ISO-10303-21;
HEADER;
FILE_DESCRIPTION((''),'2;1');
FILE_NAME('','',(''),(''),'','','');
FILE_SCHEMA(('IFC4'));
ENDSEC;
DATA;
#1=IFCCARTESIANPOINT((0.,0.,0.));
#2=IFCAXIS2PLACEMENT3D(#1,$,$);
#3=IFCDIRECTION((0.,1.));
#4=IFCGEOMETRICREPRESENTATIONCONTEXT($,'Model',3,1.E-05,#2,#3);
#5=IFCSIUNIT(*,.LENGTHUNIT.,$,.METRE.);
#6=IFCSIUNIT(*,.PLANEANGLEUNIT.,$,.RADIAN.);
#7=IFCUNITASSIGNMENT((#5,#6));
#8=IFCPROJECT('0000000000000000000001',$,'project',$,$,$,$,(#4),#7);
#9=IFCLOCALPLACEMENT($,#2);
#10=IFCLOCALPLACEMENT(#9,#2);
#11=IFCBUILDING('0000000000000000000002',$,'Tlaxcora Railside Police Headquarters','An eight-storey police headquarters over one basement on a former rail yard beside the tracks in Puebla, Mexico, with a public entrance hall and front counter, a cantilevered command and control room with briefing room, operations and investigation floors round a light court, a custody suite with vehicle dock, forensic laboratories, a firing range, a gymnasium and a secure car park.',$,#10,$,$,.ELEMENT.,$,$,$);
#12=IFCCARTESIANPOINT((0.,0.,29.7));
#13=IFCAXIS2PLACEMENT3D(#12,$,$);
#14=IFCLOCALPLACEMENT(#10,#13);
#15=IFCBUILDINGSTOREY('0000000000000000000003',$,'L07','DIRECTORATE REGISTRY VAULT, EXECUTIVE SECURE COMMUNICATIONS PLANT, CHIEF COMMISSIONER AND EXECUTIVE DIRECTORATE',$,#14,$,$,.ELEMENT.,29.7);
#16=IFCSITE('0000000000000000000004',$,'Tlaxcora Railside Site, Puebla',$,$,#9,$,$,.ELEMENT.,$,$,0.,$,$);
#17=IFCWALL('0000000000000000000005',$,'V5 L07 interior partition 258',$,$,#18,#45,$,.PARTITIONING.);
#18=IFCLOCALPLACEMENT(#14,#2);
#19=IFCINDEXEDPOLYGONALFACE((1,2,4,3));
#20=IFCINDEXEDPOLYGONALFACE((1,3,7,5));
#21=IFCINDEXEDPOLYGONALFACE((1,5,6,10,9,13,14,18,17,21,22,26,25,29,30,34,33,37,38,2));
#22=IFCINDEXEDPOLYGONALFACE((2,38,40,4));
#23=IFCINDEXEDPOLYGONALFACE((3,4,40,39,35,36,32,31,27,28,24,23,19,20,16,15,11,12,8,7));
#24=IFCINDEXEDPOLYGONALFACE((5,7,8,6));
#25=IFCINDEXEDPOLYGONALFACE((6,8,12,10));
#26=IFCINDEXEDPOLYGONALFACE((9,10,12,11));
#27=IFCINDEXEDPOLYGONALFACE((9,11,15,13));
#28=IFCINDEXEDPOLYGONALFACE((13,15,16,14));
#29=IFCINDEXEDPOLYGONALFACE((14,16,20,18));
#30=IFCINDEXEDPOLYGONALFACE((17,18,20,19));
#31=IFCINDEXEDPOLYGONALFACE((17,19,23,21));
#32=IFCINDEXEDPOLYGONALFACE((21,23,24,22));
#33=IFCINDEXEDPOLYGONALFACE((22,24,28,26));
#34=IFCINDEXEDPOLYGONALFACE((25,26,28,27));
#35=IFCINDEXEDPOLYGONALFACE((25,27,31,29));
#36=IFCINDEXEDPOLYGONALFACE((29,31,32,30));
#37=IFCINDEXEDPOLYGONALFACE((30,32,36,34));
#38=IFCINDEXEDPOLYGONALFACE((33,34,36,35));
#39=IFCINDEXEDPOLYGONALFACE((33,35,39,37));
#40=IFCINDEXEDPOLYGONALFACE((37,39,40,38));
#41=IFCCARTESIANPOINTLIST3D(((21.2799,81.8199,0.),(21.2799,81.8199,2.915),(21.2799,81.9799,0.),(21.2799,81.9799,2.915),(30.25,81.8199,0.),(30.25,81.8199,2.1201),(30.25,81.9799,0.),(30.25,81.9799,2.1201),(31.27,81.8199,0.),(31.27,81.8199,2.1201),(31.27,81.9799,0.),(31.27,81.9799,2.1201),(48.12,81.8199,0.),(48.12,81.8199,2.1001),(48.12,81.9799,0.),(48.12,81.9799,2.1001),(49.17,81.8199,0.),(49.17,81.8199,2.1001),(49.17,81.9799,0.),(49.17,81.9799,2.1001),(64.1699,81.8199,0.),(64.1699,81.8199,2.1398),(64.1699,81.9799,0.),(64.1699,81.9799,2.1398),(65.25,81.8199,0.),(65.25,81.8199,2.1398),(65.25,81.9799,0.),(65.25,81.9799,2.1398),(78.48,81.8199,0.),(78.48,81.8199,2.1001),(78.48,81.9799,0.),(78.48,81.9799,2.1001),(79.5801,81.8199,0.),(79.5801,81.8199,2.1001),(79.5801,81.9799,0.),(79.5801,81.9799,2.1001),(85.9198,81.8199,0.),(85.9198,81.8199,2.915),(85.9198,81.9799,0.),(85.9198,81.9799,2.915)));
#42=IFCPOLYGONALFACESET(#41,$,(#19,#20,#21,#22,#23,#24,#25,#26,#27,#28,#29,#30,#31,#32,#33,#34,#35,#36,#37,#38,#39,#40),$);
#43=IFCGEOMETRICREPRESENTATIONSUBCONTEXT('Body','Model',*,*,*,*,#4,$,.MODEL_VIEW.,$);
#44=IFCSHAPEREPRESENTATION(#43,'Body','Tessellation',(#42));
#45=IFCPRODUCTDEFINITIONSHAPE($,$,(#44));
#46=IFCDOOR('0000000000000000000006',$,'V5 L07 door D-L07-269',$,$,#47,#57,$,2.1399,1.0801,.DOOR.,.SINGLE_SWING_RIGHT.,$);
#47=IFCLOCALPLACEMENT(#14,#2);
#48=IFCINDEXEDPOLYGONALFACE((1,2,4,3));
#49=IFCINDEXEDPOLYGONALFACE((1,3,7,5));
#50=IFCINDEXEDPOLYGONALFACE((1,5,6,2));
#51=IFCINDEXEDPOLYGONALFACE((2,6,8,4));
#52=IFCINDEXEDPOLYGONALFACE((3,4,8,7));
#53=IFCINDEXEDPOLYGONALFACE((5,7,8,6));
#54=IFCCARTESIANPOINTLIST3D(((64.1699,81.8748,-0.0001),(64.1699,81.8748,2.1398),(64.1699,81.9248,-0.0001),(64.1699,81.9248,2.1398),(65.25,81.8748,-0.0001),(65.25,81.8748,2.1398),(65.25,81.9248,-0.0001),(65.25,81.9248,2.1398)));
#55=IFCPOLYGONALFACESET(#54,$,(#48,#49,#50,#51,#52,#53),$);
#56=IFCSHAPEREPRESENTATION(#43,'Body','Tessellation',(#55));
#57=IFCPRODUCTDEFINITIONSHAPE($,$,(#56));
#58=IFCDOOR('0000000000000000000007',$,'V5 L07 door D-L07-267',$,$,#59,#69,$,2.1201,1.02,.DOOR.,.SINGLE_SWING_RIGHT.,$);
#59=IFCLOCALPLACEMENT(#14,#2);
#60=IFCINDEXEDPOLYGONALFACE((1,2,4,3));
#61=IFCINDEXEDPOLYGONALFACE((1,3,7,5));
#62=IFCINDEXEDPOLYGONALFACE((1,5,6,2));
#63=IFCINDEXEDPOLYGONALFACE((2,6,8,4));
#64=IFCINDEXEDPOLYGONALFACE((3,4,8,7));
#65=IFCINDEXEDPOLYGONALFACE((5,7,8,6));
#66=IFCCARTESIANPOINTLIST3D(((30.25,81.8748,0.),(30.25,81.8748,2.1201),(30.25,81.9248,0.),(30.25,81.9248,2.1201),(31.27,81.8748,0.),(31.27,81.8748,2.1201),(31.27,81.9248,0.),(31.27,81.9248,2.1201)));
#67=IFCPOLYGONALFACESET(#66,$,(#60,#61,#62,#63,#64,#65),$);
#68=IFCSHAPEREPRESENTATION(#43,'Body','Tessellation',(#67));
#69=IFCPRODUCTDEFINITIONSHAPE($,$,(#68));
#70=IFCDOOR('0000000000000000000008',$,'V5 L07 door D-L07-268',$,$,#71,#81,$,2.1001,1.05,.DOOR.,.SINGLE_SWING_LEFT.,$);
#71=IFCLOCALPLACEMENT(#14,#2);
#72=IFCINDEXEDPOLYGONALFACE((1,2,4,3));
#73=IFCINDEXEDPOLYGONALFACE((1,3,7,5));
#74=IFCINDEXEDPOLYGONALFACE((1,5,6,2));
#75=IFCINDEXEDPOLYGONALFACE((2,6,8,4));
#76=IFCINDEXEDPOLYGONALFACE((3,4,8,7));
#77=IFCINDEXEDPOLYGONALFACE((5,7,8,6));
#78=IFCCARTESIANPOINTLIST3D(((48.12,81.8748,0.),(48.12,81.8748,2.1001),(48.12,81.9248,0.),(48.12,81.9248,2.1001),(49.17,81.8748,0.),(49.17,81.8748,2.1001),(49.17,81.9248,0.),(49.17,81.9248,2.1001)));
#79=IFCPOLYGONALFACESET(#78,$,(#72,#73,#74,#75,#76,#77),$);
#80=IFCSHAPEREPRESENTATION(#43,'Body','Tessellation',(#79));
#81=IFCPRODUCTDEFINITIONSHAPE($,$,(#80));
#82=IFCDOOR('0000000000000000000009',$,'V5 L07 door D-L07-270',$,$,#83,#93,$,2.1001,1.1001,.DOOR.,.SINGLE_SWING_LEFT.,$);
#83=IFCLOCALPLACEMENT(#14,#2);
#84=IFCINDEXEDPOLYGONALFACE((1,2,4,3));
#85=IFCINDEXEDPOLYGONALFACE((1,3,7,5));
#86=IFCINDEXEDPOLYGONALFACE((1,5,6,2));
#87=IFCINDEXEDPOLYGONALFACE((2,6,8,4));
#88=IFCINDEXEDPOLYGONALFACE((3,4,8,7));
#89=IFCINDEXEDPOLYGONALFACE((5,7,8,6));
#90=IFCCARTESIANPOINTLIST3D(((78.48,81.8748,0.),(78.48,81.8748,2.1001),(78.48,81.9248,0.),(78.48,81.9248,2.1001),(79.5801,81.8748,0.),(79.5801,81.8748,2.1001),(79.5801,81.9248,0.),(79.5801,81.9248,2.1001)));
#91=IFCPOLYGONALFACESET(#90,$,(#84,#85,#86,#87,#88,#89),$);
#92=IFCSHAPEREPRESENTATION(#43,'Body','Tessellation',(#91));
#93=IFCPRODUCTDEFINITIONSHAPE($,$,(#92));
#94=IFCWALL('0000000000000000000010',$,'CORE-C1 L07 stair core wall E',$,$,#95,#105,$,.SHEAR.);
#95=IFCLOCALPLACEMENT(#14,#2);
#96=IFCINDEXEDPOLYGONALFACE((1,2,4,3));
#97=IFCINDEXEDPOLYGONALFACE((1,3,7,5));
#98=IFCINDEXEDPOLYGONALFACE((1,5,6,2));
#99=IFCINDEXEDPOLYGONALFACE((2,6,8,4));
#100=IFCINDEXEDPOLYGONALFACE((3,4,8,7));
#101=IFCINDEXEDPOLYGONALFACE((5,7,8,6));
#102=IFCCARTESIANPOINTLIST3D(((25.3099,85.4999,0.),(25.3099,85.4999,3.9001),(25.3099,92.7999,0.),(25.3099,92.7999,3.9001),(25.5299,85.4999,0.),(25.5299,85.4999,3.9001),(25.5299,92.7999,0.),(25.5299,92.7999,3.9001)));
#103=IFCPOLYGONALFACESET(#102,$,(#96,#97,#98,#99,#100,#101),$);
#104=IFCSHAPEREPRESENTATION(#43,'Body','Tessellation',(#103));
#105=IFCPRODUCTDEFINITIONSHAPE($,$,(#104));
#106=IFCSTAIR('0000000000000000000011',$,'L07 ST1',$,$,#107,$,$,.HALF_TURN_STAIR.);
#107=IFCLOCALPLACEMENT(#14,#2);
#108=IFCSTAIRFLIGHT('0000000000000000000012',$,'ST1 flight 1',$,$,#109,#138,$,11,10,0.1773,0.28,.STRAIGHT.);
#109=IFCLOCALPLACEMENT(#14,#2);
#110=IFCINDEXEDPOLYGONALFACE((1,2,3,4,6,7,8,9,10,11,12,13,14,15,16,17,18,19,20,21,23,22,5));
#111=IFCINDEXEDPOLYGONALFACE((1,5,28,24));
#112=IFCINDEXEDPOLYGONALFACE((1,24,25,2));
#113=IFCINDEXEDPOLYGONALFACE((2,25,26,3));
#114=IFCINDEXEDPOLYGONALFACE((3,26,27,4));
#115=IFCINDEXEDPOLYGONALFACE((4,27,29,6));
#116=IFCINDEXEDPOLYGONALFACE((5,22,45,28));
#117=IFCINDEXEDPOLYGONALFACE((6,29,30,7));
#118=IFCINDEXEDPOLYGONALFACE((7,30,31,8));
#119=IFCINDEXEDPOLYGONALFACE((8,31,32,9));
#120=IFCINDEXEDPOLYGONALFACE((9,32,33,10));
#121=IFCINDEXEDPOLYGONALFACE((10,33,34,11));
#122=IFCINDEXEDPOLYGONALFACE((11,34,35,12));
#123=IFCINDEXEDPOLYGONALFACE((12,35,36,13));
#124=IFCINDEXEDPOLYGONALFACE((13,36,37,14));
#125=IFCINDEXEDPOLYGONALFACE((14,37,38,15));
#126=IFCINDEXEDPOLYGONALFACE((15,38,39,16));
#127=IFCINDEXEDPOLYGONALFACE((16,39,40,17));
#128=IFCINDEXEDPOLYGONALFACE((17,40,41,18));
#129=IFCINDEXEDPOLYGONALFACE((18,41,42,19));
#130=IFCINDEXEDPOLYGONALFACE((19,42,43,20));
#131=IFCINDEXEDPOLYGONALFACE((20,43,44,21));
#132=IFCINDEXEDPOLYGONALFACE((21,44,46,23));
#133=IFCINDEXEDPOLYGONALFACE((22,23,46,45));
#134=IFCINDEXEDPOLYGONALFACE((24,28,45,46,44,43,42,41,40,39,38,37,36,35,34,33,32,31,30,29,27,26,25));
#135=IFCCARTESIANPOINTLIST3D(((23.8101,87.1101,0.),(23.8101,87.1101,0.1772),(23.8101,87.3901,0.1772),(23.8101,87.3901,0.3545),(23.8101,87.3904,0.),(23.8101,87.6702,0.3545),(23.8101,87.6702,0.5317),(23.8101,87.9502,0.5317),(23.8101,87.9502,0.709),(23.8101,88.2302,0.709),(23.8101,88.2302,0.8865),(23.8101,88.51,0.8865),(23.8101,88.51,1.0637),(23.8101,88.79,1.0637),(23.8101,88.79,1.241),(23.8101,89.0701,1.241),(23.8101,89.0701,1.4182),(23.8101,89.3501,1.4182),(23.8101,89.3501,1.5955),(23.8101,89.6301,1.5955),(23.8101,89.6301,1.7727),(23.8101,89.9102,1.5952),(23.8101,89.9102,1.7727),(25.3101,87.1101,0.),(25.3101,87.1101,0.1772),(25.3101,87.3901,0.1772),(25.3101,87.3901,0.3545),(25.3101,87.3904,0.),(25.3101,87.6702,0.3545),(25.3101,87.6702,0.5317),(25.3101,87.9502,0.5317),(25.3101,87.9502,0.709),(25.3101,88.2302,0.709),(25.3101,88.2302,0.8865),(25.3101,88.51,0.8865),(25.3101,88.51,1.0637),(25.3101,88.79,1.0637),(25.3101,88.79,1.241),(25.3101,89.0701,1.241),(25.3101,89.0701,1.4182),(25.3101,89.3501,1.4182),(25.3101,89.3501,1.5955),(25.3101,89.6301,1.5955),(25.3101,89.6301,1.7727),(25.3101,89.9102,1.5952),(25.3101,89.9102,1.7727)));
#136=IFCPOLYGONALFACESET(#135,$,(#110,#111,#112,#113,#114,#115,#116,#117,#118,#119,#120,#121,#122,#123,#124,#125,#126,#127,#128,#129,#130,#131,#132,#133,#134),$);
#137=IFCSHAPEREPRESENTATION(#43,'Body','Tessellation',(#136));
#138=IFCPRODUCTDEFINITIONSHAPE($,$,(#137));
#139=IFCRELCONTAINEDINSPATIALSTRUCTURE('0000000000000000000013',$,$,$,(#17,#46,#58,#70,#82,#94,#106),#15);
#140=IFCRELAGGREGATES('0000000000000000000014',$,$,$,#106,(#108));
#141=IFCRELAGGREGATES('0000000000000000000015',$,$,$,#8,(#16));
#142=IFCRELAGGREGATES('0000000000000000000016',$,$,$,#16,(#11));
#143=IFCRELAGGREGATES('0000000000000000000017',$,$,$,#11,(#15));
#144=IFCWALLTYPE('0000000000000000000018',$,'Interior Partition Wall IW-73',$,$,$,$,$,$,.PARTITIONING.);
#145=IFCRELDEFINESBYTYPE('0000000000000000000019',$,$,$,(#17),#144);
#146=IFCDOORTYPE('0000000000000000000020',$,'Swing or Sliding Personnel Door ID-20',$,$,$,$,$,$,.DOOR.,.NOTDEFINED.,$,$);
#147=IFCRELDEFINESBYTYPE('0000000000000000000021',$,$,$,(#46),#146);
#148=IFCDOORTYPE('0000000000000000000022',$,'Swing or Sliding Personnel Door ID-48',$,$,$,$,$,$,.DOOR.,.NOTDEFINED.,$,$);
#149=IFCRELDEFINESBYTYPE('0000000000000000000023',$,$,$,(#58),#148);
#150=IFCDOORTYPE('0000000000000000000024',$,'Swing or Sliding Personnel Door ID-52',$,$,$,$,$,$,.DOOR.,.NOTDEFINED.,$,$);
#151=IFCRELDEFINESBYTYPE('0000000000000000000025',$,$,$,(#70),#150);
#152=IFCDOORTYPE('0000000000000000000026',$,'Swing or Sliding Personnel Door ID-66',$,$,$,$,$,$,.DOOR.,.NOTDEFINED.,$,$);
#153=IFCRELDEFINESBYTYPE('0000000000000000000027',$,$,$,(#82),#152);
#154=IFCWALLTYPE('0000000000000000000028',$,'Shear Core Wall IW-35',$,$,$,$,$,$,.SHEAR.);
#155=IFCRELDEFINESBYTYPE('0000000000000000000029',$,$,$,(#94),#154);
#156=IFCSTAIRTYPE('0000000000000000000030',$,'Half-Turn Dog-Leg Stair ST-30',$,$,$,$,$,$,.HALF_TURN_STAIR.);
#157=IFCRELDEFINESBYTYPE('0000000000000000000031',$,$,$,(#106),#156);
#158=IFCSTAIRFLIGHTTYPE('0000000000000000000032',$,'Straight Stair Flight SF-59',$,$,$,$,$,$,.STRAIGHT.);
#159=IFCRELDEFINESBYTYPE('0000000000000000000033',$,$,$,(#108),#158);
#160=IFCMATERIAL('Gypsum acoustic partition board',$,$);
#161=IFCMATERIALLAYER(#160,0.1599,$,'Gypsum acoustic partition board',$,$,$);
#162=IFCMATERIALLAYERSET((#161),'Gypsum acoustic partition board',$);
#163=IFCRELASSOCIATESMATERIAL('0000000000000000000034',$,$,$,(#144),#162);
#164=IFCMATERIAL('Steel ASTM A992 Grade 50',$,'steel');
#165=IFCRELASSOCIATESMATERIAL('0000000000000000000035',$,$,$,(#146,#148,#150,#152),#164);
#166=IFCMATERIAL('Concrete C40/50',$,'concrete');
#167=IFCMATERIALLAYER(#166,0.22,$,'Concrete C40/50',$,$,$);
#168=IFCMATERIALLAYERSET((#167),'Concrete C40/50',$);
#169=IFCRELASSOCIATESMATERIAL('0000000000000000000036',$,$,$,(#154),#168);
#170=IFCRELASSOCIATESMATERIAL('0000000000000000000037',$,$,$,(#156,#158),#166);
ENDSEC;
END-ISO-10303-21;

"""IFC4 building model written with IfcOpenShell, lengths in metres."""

from ifc_helpers import new_model, si_unit, direction, frame, frame_2d, origin, place, context, subcontext, project, spatial, polyline, rectangle, outline, extrude, material, layer, layer_set, type_object, element, fill, aggregate, save


model = new_model("IFC4")

# Units and contexts
model_context = context("Model", 3, precision=1e-05, world=origin(), true_north=direction((0.0, 1.0)))
body_context = subcontext(model_context, "Body", "Model", "MODEL_VIEW")
ifc_project = project(units=[si_unit("LENGTHUNIT", "METRE"), si_unit("PLANEANGLEUNIT", "RADIAN")], contexts=[model_context])

# Site, building, storey
site_placement = place(None, origin())
site = spatial("IfcSite", under=ifc_project, at=site_placement, Name="Tlaxcora Railside Site, Puebla", CompositionType="ELEMENT", RefElevation=0.0)
building_placement = place(site_placement, origin())
building = spatial("IfcBuilding", under=site, at=building_placement, Name="Tlaxcora Railside Police Headquarters", Description="An eight-storey police headquarters over one basement on a former rail yard beside the tracks in Puebla, Mexico, with a public entrance hall and front counter, a cantilevered command and control room with briefing room, operations and investigation floors round a light court, a custody suite with vehicle dock, forensic laboratories, a firing range, a gymnasium and a secure car park.", CompositionType="ELEMENT")
storey_placement = place(building_placement, frame((0.0, 0.0, 29.7)))
storey = spatial("IfcBuildingStorey", under=building, at=storey_placement, Name="L07", Description="DIRECTORATE REGISTRY VAULT, EXECUTIVE SECURE COMMUNICATIONS PLANT, CHIEF COMMISSIONER AND EXECUTIVE DIRECTORATE", CompositionType="ELEMENT", Elevation=29.7)

# Shared definitions
ifc_material_1 = material(Name="Concrete C40/50", Category="concrete")

# Shared definitions
ifc_material_2 = material(Name="Steel ASTM A992 Grade 50", Category="steel")

# Wall, openings, doors
ifc_material_3 = material(Name="Gypsum acoustic partition board")
ifc_layer_1 = layer(ifc_material_3, 0.1599, Name="Gypsum acoustic partition board")
ifc_layer_set_1 = layer_set([ifc_layer_1], Name="Gypsum acoustic partition board")
wall_type_1 = type_object("IfcWallType", Name="Interior Partition Wall IW-73", PredefinedType="PARTITIONING", material=ifc_layer_set_1)
wall_1_placement = place(storey_placement, frame((21.28, 81.8999, 0.0), z_axis=(0.0, 0.0, 1.0), x_axis=(1.0, 0.0, 0.0)))
wall_1 = element("IfcWall", 1, at=wall_1_placement, inside=storey, type_object=wall_type_1, Name="V5 L07 interior partition 258", PredefinedType="PARTITIONING", context=body_context, shape_type="SweptSolid", body=[
    extrude(rectangle(XDim=64.6399, YDim=0.1599, at=frame_2d((32.3198, 0.0))), origin(), (0.0, 0.0, 1.0), 2.915),
])
opening_1_placement = place(wall_1_placement, frame((8.97, 0.0, 0.0)))
opening_1 = element("IfcOpeningElement", 2, at=opening_1_placement, cuts=wall_1, PredefinedType="OPENING", context=body_context, shape_type="SweptSolid", body=[
    extrude(rectangle(XDim=1.02, YDim=2.1201, at=frame_2d((0.51, 1.0601))), frame((0.0, 0.0898, 0.0), z_axis=(0.0, -1.0, 0.0), x_axis=(1.0, 0.0, 0.0)), (0.0, 0.0, 1.0), 0.1799),
])
opening_2_placement = place(wall_1_placement, frame((26.8401, 0.0, 0.0)))
opening_2 = element("IfcOpeningElement", 3, at=opening_2_placement, cuts=wall_1, PredefinedType="OPENING", context=body_context, shape_type="SweptSolid", body=[
    extrude(rectangle(XDim=1.05, YDim=2.1001, at=frame_2d((0.5249, 1.05))), frame((0.0, 0.0898, 0.0), z_axis=(0.0, -1.0, 0.0), x_axis=(1.0, 0.0, 0.0)), (0.0, 0.0, 1.0), 0.1799),
])
opening_3_placement = place(wall_1_placement, frame((42.8899, 0.0, 0.0)))
opening_3 = element("IfcOpeningElement", 4, at=opening_3_placement, cuts=wall_1, PredefinedType="OPENING", context=body_context, shape_type="SweptSolid", body=[
    extrude(rectangle(XDim=1.0801, YDim=2.1399, at=frame_2d((0.54, 1.0698))), frame((0.0, 0.0898, 0.0), z_axis=(0.0, -1.0, 0.0), x_axis=(1.0, 0.0, 0.0)), (0.0, 0.0, 1.0), 0.1799),
])
opening_4_placement = place(wall_1_placement, frame((57.2, 0.0, 0.0)))
opening_4 = element("IfcOpeningElement", 5, at=opening_4_placement, cuts=wall_1, PredefinedType="OPENING", context=body_context, shape_type="SweptSolid", body=[
    extrude(rectangle(XDim=1.1001, YDim=2.1001, at=frame_2d((0.55, 1.05))), frame((0.0, 0.0898, 0.0), z_axis=(0.0, -1.0, 0.0), x_axis=(1.0, 0.0, 0.0)), (0.0, 0.0, 1.0), 0.1799),
])
door_type_1 = type_object("IfcDoorType", Name="Swing or Sliding Personnel Door ID-20", OperationType="NOTDEFINED", PredefinedType="DOOR", material=ifc_material_2)
door_1_placement = place(opening_3_placement, origin())
door_1 = element("IfcDoor", 6, at=door_1_placement, inside=storey, type_object=door_type_1, Name="V5 L07 door D-L07-269", OperationType="SINGLE_SWING_RIGHT", OverallHeight=2.1399, OverallWidth=1.0801, PredefinedType="DOOR", context=body_context, shape_type="SweptSolid", body=[
    extrude(rectangle(XDim=1.0801, YDim=2.1399, at=frame_2d((0.54, 1.0698))), frame((0.0, 0.0249, 0.0), z_axis=(0.0, -1.0, 0.0), x_axis=(1.0, 0.0, 0.0)), (0.0, 0.0, 1.0), 0.05),
])
fill(opening_3, door_1)
door_type_2 = type_object("IfcDoorType", Name="Swing or Sliding Personnel Door ID-48", OperationType="NOTDEFINED", PredefinedType="DOOR", material=ifc_material_2)
door_2_placement = place(opening_1_placement, origin())
door_2 = element("IfcDoor", 7, at=door_2_placement, inside=storey, type_object=door_type_2, Name="V5 L07 door D-L07-267", OperationType="SINGLE_SWING_RIGHT", OverallHeight=2.1201, OverallWidth=1.02, PredefinedType="DOOR", context=body_context, shape_type="SweptSolid", body=[
    extrude(rectangle(XDim=1.02, YDim=2.1201, at=frame_2d((0.51, 1.0601))), frame((0.0, 0.0249, 0.0), z_axis=(0.0, -1.0, 0.0), x_axis=(1.0, 0.0, 0.0)), (0.0, 0.0, 1.0), 0.05),
])
fill(opening_1, door_2)
door_type_3 = type_object("IfcDoorType", Name="Swing or Sliding Personnel Door ID-52", OperationType="NOTDEFINED", PredefinedType="DOOR", material=ifc_material_2)
door_3_placement = place(opening_2_placement, origin())
door_3 = element("IfcDoor", 8, at=door_3_placement, inside=storey, type_object=door_type_3, Name="V5 L07 door D-L07-268", OperationType="SINGLE_SWING_LEFT", OverallHeight=2.1001, OverallWidth=1.05, PredefinedType="DOOR", context=body_context, shape_type="SweptSolid", body=[
    extrude(rectangle(XDim=1.05, YDim=2.1001, at=frame_2d((0.5249, 1.05))), frame((0.0, 0.0249, 0.0), z_axis=(0.0, -1.0, 0.0), x_axis=(1.0, 0.0, 0.0)), (0.0, 0.0, 1.0), 0.05),
])
fill(opening_2, door_3)
door_type_4 = type_object("IfcDoorType", Name="Swing or Sliding Personnel Door ID-66", OperationType="NOTDEFINED", PredefinedType="DOOR", material=ifc_material_2)
door_4_placement = place(opening_4_placement, origin())
door_4 = element("IfcDoor", 9, at=door_4_placement, inside=storey, type_object=door_type_4, Name="V5 L07 door D-L07-270", OperationType="SINGLE_SWING_LEFT", OverallHeight=2.1001, OverallWidth=1.1001, PredefinedType="DOOR", context=body_context, shape_type="SweptSolid", body=[
    extrude(rectangle(XDim=1.1001, YDim=2.1001, at=frame_2d((0.55, 1.05))), frame((0.0, 0.0249, 0.0), z_axis=(0.0, -1.0, 0.0), x_axis=(1.0, 0.0, 0.0)), (0.0, 0.0, 1.0), 0.05),
])
fill(opening_4, door_4)

# Shared definitions
ifc_layer_2 = layer(ifc_material_1, 0.22, Name="Concrete C40/50")
ifc_layer_set_2 = layer_set([ifc_layer_2], Name="Concrete C40/50")
wall_type_2 = type_object("IfcWallType", Name="Shear Core Wall IW-35", PredefinedType="SHEAR", material=ifc_layer_set_2)

# Wall
wall_2_placement = place(storey_placement, frame((25.4199, 85.5, 0.0), z_axis=(0.0, 0.0, 1.0), x_axis=(0.0, 1.0, 0.0)))
element("IfcWall", 10, at=wall_2_placement, inside=storey, type_object=wall_type_2, Name="CORE-C1 L07 stair core wall E", PredefinedType="SHEAR", context=body_context, shape_type="SweptSolid", body=[
    extrude(rectangle(XDim=7.3, YDim=0.22, at=frame_2d((3.6499, 0.0))), origin(), (0.0, 0.0, 1.0), 3.9001),
])

# Stair, stair flight
stair_type = type_object("IfcStairType", Name="Half-Turn Dog-Leg Stair ST-30", PredefinedType="HALF_TURN_STAIR", material=ifc_material_1)
stair_placement = place(storey_placement, origin())
stair = element("IfcStair", 11, at=stair_placement, inside=storey, type_object=stair_type, Name="L07 ST1", PredefinedType="HALF_TURN_STAIR")
stair_flight_type = type_object("IfcStairFlightType", Name="Straight Stair Flight SF-59", PredefinedType="STRAIGHT", material=ifc_material_1)
stair_flight_placement = place(storey_placement, frame((24.5601, 87.1101, 0.0), z_axis=(0.0, 0.0, 1.0), x_axis=(0.0, 1.0, 0.0)))
stair_flight = element("IfcStairFlight", 12, at=stair_flight_placement, type_object=stair_flight_type, Name="ST1 flight 1", NumberOfRisers=11, NumberOfTreads=10, PredefinedType="STRAIGHT", RiserHeight=0.1773, TreadLength=0.28, context=body_context, shape_type="SweptSolid", body=[
    extrude(outline(polyline([(0.0, 0.0), (0.0, 0.1772), (0.28, 0.1772), (0.28, 0.3545), (0.5601, 0.3545), (0.5601, 0.5317), (0.8401, 0.5317), (0.8401, 0.709), (1.1201, 0.709), (1.1201, 0.8865), (1.3999, 0.8865), (1.3999, 1.0637), (1.6799, 1.0637), (1.6799, 1.241), (1.96, 1.241), (1.96, 1.4182), (2.24, 1.4182), (2.24, 1.5955), (2.52, 1.5955), (2.52, 1.7727), (2.8, 1.7727), (2.8, 1.95), (2.8, 1.5952), (0.2803, 0.0), (0.0, 0.0)])), frame((0.0, 0.75, 0.0), z_axis=(0.0, -1.0, 0.0), x_axis=(1.0, 0.0, 0.0)), (0.0, 0.0, 1.0), 1.5),
])
aggregate(stair, [stair_flight])

save(model, "model.ifc")
